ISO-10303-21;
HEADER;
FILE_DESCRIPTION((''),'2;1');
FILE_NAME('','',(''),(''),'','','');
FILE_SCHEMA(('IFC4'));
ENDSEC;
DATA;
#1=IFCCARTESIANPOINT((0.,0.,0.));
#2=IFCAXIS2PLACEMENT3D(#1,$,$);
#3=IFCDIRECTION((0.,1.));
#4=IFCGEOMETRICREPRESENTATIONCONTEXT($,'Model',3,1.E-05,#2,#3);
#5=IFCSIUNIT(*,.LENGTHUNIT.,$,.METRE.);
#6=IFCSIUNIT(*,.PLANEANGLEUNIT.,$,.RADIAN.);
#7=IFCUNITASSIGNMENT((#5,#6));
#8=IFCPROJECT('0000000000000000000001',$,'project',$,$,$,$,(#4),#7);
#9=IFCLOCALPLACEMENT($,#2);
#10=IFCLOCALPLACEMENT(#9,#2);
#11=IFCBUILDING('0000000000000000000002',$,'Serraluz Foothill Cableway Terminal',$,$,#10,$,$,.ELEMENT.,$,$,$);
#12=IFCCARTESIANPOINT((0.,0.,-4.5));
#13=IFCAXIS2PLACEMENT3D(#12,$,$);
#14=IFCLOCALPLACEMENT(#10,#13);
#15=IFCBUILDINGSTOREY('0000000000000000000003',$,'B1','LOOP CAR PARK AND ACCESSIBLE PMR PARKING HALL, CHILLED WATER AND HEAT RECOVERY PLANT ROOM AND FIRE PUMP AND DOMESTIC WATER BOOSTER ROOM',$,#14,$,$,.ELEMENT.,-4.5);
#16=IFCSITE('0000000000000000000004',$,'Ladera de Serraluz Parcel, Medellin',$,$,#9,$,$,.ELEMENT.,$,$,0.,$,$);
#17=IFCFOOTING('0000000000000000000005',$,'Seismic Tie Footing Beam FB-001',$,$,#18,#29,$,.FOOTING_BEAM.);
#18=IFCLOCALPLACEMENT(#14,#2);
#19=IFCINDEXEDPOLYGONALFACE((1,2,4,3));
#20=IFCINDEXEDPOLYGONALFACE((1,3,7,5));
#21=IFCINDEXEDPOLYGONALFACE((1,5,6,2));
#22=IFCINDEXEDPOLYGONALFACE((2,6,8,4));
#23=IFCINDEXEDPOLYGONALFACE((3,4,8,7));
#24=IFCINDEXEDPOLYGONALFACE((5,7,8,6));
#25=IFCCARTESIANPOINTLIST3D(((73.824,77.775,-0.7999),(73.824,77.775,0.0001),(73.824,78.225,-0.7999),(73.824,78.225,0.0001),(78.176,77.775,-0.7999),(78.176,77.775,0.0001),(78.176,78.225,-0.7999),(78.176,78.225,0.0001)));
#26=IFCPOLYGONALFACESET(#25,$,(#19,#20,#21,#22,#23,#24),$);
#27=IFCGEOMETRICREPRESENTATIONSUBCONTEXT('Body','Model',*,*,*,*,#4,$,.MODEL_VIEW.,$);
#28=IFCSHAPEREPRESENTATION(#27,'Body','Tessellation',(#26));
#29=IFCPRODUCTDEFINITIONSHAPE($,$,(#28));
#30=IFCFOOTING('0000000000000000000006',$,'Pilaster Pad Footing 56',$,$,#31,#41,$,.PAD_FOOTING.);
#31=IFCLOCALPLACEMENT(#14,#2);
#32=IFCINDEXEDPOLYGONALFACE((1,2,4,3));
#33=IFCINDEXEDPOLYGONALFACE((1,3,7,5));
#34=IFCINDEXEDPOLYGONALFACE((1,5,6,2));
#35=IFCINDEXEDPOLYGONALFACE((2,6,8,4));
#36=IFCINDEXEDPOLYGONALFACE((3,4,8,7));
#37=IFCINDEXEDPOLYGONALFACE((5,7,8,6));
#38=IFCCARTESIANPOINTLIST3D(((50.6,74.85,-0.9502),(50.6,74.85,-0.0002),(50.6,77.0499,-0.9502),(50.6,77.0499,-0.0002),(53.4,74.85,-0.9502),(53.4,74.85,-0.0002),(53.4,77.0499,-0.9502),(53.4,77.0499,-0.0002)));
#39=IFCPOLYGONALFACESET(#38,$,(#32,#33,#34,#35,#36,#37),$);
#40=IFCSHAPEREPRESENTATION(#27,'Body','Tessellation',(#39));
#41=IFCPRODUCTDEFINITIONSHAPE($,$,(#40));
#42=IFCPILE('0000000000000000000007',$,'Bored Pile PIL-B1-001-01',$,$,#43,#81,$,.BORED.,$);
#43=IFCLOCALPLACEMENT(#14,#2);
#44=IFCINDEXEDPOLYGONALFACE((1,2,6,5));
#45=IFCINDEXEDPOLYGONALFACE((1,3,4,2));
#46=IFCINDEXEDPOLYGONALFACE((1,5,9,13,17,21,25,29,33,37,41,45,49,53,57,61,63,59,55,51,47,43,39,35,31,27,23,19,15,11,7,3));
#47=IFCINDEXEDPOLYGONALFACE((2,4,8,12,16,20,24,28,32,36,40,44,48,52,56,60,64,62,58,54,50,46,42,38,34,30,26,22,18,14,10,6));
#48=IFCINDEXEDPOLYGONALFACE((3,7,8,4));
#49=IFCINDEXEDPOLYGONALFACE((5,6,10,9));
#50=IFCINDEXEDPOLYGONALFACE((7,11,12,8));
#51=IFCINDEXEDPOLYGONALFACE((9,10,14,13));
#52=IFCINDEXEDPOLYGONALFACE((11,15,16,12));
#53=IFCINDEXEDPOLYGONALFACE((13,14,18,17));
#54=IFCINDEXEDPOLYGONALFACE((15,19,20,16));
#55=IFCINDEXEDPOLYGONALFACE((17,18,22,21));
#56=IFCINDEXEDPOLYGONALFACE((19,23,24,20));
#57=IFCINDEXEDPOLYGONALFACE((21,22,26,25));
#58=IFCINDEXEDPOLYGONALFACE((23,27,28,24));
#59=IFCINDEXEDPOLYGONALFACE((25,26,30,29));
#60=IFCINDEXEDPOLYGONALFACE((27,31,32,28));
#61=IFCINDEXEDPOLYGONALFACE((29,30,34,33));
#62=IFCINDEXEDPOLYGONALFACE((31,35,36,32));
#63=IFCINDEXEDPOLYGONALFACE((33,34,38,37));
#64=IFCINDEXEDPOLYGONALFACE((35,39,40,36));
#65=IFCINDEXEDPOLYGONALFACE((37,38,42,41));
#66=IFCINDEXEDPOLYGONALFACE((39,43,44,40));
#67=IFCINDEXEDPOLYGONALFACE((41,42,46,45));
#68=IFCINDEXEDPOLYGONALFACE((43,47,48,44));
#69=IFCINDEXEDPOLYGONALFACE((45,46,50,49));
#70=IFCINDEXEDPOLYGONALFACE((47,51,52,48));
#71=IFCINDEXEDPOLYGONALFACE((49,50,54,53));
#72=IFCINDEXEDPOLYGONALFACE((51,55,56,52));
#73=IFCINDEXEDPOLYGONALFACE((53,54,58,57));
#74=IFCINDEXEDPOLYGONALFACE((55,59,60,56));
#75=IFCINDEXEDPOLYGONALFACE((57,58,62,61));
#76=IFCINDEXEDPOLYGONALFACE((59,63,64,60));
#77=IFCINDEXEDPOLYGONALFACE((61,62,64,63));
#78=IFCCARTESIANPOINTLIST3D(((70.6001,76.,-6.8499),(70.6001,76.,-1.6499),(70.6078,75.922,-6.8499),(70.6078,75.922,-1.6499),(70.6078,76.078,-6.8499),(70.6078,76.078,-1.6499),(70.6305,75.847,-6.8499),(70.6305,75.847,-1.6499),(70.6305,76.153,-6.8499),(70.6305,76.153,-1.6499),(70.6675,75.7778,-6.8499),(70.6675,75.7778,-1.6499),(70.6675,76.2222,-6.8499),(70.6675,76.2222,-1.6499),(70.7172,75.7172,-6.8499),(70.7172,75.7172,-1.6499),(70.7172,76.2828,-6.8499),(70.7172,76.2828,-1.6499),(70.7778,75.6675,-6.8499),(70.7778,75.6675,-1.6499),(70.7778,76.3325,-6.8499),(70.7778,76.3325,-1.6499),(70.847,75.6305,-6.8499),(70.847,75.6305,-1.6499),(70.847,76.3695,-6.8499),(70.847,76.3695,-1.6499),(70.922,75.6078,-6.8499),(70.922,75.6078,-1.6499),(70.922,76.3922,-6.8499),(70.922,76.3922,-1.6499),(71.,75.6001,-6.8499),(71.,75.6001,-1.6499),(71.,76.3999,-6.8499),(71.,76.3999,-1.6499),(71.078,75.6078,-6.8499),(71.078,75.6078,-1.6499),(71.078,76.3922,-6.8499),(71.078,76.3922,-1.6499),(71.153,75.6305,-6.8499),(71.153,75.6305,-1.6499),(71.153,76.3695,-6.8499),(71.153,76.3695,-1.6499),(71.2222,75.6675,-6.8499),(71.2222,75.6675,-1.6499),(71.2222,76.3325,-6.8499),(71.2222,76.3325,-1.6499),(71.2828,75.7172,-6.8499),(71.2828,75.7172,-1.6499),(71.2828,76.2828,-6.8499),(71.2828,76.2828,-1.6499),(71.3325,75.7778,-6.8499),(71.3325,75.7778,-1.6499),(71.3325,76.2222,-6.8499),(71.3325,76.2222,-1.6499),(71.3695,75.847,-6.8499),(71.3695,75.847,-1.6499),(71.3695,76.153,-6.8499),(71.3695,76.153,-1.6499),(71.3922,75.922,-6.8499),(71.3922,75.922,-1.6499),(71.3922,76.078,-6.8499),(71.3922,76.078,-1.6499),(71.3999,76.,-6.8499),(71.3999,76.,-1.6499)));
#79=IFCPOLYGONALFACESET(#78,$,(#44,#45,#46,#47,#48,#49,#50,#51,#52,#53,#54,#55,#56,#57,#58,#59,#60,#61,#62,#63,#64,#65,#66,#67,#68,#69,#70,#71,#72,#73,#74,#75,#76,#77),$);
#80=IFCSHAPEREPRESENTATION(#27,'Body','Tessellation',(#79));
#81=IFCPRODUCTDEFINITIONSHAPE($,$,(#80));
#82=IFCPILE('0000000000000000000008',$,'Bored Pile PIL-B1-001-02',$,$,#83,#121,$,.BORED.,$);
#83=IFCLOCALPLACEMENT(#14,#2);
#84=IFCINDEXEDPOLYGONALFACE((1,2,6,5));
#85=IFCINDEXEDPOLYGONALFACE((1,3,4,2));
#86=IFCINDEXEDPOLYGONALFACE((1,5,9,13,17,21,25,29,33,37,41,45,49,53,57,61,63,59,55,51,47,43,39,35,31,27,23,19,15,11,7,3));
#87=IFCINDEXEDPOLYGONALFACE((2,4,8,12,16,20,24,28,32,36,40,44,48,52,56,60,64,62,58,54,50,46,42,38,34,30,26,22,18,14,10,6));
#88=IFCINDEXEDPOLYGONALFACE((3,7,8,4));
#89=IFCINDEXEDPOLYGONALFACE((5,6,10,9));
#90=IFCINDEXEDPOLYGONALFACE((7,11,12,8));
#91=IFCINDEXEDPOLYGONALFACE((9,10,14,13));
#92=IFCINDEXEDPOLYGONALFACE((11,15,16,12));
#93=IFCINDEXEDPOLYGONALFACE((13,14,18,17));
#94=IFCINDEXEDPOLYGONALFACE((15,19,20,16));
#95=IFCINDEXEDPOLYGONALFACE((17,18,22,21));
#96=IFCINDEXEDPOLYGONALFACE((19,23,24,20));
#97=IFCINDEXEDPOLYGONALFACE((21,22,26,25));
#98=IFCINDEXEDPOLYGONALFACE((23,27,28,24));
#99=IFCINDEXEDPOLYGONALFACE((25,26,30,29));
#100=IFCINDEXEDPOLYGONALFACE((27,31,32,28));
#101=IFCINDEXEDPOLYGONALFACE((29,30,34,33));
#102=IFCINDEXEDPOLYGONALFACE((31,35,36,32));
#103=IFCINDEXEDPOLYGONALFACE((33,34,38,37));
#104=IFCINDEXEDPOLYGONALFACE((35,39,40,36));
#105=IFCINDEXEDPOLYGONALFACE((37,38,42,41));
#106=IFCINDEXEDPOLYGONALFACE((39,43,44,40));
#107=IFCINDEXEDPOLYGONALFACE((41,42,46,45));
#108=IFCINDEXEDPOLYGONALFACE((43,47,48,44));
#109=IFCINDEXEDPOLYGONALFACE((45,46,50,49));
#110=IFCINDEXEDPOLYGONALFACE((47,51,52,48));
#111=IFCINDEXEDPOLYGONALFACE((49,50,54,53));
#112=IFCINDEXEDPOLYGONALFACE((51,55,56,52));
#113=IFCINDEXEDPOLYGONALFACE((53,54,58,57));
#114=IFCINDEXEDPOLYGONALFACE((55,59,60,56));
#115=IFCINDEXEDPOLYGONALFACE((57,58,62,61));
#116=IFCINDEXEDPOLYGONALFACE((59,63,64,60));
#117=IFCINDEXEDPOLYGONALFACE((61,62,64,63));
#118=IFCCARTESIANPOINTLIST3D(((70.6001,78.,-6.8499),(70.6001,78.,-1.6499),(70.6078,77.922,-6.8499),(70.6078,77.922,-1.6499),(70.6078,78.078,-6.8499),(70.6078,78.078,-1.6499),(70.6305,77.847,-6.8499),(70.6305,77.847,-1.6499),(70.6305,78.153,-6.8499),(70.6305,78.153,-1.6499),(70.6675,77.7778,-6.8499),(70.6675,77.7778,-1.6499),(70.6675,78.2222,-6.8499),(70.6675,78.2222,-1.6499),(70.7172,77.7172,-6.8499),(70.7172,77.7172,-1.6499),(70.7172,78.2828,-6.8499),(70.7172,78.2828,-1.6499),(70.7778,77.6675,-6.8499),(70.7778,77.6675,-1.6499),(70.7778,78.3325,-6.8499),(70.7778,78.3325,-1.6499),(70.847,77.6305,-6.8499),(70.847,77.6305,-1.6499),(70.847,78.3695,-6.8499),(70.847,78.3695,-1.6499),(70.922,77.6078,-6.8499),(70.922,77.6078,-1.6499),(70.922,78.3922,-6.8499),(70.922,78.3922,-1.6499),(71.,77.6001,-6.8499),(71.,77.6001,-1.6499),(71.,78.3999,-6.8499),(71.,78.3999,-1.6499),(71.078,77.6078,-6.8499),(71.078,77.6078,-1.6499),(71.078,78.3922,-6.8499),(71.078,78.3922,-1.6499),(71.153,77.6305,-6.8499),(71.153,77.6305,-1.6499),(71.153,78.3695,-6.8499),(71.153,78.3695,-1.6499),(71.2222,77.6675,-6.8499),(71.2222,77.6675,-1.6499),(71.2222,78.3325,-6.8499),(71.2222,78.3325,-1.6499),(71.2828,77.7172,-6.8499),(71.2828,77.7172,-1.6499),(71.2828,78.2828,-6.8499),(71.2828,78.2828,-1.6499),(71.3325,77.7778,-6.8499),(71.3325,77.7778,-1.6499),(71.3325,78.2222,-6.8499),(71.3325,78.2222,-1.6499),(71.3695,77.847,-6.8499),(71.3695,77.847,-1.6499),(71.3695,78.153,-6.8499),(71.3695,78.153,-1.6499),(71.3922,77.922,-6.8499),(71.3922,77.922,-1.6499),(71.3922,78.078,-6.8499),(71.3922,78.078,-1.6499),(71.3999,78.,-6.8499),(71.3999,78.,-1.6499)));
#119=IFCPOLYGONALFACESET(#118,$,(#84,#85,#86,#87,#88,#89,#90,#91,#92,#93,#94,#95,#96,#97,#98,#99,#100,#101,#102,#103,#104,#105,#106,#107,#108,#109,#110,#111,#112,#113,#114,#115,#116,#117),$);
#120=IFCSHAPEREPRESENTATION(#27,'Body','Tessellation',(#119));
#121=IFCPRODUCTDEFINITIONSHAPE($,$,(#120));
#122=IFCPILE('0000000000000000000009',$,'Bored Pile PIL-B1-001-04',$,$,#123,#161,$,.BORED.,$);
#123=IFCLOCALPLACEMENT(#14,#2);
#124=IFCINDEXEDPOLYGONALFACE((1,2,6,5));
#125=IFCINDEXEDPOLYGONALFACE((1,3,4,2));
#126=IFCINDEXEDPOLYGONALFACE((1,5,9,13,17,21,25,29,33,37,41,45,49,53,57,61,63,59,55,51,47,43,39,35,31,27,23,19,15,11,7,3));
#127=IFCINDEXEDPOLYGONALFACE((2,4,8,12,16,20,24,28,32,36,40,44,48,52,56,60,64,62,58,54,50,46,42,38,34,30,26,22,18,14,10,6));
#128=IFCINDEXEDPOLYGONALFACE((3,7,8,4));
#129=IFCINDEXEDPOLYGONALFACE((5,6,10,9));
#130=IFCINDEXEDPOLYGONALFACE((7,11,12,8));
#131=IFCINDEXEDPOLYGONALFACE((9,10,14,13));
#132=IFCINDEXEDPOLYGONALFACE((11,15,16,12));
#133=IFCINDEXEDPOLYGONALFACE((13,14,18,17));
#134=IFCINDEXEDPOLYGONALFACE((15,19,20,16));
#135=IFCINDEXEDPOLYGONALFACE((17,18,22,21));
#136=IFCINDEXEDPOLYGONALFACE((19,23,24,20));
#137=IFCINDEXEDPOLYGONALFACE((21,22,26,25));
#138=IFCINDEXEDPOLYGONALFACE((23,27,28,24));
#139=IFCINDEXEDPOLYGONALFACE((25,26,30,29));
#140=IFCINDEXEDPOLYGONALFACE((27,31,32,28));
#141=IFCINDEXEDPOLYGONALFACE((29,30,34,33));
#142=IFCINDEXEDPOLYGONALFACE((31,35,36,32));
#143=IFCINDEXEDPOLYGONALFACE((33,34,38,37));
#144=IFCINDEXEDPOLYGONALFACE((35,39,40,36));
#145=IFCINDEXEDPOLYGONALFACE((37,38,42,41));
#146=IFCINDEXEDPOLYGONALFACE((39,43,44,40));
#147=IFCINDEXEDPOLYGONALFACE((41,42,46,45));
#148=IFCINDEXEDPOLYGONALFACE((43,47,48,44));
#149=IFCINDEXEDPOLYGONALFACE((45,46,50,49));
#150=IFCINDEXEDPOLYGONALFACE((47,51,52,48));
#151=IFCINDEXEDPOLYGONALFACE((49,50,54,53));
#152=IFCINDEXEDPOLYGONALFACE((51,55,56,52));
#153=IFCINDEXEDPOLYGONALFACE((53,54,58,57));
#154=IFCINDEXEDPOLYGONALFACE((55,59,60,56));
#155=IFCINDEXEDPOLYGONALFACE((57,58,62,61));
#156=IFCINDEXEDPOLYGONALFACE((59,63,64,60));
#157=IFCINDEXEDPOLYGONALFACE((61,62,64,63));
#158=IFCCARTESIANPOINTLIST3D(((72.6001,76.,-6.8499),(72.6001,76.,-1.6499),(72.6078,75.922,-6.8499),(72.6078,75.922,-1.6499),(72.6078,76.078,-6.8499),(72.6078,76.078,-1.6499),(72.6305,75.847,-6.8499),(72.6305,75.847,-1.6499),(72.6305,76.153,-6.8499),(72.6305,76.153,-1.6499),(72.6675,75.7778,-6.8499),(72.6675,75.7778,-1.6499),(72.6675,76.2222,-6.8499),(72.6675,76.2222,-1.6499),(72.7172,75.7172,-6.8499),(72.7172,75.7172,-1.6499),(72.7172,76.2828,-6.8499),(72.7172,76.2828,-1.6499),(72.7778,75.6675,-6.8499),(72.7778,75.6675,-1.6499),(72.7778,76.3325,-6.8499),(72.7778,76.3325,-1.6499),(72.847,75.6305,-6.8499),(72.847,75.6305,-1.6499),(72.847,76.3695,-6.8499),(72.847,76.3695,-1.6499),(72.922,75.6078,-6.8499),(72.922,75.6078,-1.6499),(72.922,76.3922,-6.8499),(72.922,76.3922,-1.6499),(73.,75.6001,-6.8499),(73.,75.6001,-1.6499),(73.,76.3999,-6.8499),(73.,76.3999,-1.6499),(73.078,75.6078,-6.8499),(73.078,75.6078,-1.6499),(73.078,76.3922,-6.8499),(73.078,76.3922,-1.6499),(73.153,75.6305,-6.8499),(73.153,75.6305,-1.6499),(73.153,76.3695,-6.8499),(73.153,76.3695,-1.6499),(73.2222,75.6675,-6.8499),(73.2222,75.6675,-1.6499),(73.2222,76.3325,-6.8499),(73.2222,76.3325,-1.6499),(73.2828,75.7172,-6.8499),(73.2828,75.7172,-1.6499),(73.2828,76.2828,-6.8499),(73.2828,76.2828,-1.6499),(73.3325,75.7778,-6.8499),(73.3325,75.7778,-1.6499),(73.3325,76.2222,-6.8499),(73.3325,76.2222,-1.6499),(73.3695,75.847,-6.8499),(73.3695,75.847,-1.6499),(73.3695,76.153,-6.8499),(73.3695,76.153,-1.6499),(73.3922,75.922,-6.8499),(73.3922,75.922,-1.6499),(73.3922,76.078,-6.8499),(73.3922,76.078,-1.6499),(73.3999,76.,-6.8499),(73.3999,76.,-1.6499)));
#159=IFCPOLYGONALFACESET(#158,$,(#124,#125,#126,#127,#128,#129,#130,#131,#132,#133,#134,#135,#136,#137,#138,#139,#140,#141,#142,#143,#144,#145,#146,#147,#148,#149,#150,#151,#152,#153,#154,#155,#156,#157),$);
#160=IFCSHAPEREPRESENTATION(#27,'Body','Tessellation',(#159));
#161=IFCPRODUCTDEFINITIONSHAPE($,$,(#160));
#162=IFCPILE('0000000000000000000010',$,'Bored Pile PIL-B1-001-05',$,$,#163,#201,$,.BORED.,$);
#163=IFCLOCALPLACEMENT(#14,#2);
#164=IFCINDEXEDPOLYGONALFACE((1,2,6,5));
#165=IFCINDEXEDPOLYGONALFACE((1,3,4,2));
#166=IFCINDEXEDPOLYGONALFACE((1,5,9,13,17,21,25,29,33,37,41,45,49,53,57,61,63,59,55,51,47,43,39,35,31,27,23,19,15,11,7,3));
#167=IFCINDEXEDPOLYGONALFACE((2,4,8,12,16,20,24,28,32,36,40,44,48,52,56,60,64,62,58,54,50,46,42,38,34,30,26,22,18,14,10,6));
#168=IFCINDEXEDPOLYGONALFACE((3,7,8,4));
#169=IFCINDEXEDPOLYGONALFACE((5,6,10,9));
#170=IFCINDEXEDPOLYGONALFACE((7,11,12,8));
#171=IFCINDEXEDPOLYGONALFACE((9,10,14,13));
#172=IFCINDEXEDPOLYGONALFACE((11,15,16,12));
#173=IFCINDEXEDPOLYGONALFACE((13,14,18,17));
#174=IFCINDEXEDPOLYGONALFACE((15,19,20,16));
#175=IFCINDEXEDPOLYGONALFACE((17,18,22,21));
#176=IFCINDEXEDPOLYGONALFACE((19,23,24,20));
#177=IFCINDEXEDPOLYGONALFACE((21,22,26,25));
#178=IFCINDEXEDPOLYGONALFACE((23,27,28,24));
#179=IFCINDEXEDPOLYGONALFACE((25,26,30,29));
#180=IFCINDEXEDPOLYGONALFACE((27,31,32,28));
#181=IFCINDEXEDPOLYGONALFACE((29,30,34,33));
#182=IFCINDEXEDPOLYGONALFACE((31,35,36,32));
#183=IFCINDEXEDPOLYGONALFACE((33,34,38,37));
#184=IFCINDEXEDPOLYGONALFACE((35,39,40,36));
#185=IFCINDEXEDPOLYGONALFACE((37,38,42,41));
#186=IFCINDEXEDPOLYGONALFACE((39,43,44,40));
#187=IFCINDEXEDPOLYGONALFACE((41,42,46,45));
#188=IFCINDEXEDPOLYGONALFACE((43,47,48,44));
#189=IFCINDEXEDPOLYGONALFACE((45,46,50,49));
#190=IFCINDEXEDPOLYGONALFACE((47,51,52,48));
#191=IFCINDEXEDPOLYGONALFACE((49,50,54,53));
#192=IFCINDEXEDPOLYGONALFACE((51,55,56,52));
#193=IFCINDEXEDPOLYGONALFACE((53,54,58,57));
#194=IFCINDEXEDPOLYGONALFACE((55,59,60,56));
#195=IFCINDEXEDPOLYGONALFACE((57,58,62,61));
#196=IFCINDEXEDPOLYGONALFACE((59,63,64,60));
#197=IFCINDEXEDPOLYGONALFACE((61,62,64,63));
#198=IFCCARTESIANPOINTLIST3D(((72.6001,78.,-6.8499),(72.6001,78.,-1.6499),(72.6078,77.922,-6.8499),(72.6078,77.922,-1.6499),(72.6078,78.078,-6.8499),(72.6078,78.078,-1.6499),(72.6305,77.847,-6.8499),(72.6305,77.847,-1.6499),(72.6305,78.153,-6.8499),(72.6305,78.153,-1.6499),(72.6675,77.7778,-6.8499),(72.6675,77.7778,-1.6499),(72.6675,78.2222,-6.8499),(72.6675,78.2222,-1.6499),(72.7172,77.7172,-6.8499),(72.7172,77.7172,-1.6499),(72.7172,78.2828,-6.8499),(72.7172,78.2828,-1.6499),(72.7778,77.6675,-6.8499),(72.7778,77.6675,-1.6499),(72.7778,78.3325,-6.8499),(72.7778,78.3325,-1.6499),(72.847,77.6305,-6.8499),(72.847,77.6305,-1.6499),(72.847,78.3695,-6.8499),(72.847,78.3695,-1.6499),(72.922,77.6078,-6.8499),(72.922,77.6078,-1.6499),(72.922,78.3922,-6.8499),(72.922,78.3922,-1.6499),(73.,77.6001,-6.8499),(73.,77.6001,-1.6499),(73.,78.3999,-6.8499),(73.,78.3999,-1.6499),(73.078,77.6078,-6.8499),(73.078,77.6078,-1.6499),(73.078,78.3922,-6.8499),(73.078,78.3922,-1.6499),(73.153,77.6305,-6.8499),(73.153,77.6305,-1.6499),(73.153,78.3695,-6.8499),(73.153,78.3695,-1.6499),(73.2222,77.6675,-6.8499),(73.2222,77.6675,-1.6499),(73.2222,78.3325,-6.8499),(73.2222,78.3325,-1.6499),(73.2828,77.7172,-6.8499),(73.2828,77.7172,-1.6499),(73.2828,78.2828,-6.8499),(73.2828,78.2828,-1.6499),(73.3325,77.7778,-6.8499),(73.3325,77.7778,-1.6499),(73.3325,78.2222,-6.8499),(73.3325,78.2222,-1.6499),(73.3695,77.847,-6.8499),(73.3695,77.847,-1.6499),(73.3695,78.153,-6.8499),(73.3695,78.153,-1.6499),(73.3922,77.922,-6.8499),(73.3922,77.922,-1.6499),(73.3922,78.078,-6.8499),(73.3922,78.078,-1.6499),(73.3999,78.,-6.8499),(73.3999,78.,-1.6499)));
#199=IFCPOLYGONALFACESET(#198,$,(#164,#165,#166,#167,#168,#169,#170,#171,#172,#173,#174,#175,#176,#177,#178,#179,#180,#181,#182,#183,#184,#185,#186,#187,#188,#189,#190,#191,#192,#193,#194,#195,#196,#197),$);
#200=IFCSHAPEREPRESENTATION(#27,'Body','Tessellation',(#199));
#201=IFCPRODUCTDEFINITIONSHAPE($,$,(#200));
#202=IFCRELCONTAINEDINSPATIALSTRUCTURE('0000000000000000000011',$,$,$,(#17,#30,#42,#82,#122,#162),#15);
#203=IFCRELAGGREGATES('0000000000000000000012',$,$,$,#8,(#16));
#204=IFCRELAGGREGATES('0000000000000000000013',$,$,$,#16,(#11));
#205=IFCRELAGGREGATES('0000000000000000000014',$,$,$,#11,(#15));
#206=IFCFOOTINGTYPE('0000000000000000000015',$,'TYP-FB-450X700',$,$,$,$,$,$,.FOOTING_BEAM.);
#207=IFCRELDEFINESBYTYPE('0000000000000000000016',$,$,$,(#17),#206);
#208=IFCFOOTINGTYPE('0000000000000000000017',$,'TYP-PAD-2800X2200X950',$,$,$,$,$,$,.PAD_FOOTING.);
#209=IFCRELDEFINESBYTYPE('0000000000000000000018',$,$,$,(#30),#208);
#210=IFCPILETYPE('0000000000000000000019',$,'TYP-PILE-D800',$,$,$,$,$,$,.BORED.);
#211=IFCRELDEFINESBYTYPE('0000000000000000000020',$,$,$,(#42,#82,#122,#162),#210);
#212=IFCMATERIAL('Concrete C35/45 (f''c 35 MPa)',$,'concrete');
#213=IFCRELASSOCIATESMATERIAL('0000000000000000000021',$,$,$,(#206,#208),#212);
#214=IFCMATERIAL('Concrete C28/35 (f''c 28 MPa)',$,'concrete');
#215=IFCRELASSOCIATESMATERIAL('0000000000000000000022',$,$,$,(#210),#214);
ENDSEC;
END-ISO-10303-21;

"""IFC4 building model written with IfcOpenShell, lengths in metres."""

from ifc_helpers import new_model, si_unit, direction, frame, origin, origin_2d, place, context, subcontext, project, spatial, rectangle, circle, extrude, material, material_profile, profile_set, type_object, element, save


model = new_model("IFC4")

# Units and contexts
model_context = context("Model", 3, precision=1e-05, world=origin(), true_north=direction((0.0, 1.0)))
body_context = subcontext(model_context, "Body", "Model", "MODEL_VIEW")
ifc_project = project(units=[si_unit("LENGTHUNIT", "METRE"), si_unit("PLANEANGLEUNIT", "RADIAN")], contexts=[model_context])

# Site, building, storey
site_placement = place(None, origin())
site = spatial("IfcSite", under=ifc_project, at=site_placement, Name="Ladera de Serraluz Parcel, Medellin", CompositionType="ELEMENT", RefElevation=0.0)
building_placement = place(site_placement, origin())
building = spatial("IfcBuilding", under=site, at=building_placement, Name="Serraluz Foothill Cableway Terminal", CompositionType="ELEMENT")
storey_placement = place(building_placement, frame((0.0, 0.0, -4.5)))
storey = spatial("IfcBuildingStorey", under=building, at=storey_placement, Name="B1", Description="LOOP CAR PARK AND ACCESSIBLE PMR PARKING HALL, CHILLED WATER AND HEAT RECOVERY PLANT ROOM AND FIRE PUMP AND DOMESTIC WATER BOOSTER ROOM", CompositionType="ELEMENT", Elevation=-4.5)

# Footings
ifc_material_1 = material(Name="Concrete C35/45 (f'c 35 MPa)", Category="concrete")
ifc_material_profile_1 = material_profile(ifc_material_1, rectangle(XDim=0.45, YDim=0.8, at=origin_2d()), Name="RC 450x800")
ifc_profile_set_1 = profile_set([ifc_material_profile_1], Name="Concrete C35/45 (f'c 35 MPa)")
footing_type_1 = type_object("IfcFootingType", Name="TYP-FB-450X700", PredefinedType="FOOTING_BEAM", material=ifc_profile_set_1)
footing_1_placement = place(storey_placement, frame((73.824, 78.0, -0.3999), z_axis=(1.0, 0.0, 0.0), x_axis=(0.0, 1.0, 0.0)))
element("IfcFooting", 1, at=footing_1_placement, inside=storey, type_object=footing_type_1, Name="Seismic Tie Footing Beam FB-001", PredefinedType="FOOTING_BEAM", context=body_context, shape_type="SweptSolid", body=[
    extrude(rectangle(XDim=0.45, YDim=0.8, at=origin_2d()), origin(), (0.0, 0.0, 1.0), 4.3521),
])
footing_type_2 = type_object("IfcFootingType", Name="TYP-PAD-2800X2200X950", PredefinedType="PAD_FOOTING", material=ifc_material_1)
footing_2_placement = place(storey_placement, frame((52.0, 75.95, -0.9502), z_axis=(0.0, 0.0, 1.0), x_axis=(1.0, 0.0, 0.0)))
element("IfcFooting", 2, at=footing_2_placement, inside=storey, type_object=footing_type_2, Name="Pilaster Pad Footing 56", PredefinedType="PAD_FOOTING", context=body_context, shape_type="SweptSolid", body=[
    extrude(rectangle(XDim=2.8, YDim=2.2, at=origin_2d()), origin(), (0.0, 0.0, 1.0), 0.95),
])

# Piles
ifc_material_2 = material(Name="Concrete C28/35 (f'c 28 MPa)", Category="concrete")
ifc_material_profile_2 = material_profile(ifc_material_2, circle(Radius=0.3999, at=origin_2d()), Name="BORED PILE D800")
ifc_profile_set_2 = profile_set([ifc_material_profile_2], Name="Concrete C28/35 (f'c 28 MPa)")
pile_type = type_object("IfcPileType", Name="TYP-PILE-D800", PredefinedType="BORED", material=ifc_profile_set_2)
for number, where, z_axis, x_axis, name in (
    (3, (71.0, 76.0, -1.6499), (0.0, 0.0, -1.0), (1.0, 0.0, 0.0), "Bored Pile PIL-B1-001-01"),
    (4, (71.0, 78.0, -1.6499), (0.0, 0.0, -1.0), (1.0, 0.0, 0.0), "Bored Pile PIL-B1-001-02"),
    (5, (73.0, 76.0, -1.6499), (0.0, 0.0, -1.0), (1.0, 0.0, 0.0), "Bored Pile PIL-B1-001-04"),
    (6, (73.0, 78.0, -1.6499), (0.0, 0.0, -1.0), (1.0, 0.0, 0.0), "Bored Pile PIL-B1-001-05"),
):
    element("IfcPile", number, at=place(storey_placement, frame(where, z_axis=z_axis, x_axis=x_axis)), inside=storey, type_object=pile_type, Name=name, PredefinedType="BORED", context=body_context, shape_type="SweptSolid", body=[
        extrude(circle(Radius=0.3999, at=origin_2d()), origin(), (0.0, 0.0, 1.0), 5.2),
    ])

save(model, "model.ifc")
